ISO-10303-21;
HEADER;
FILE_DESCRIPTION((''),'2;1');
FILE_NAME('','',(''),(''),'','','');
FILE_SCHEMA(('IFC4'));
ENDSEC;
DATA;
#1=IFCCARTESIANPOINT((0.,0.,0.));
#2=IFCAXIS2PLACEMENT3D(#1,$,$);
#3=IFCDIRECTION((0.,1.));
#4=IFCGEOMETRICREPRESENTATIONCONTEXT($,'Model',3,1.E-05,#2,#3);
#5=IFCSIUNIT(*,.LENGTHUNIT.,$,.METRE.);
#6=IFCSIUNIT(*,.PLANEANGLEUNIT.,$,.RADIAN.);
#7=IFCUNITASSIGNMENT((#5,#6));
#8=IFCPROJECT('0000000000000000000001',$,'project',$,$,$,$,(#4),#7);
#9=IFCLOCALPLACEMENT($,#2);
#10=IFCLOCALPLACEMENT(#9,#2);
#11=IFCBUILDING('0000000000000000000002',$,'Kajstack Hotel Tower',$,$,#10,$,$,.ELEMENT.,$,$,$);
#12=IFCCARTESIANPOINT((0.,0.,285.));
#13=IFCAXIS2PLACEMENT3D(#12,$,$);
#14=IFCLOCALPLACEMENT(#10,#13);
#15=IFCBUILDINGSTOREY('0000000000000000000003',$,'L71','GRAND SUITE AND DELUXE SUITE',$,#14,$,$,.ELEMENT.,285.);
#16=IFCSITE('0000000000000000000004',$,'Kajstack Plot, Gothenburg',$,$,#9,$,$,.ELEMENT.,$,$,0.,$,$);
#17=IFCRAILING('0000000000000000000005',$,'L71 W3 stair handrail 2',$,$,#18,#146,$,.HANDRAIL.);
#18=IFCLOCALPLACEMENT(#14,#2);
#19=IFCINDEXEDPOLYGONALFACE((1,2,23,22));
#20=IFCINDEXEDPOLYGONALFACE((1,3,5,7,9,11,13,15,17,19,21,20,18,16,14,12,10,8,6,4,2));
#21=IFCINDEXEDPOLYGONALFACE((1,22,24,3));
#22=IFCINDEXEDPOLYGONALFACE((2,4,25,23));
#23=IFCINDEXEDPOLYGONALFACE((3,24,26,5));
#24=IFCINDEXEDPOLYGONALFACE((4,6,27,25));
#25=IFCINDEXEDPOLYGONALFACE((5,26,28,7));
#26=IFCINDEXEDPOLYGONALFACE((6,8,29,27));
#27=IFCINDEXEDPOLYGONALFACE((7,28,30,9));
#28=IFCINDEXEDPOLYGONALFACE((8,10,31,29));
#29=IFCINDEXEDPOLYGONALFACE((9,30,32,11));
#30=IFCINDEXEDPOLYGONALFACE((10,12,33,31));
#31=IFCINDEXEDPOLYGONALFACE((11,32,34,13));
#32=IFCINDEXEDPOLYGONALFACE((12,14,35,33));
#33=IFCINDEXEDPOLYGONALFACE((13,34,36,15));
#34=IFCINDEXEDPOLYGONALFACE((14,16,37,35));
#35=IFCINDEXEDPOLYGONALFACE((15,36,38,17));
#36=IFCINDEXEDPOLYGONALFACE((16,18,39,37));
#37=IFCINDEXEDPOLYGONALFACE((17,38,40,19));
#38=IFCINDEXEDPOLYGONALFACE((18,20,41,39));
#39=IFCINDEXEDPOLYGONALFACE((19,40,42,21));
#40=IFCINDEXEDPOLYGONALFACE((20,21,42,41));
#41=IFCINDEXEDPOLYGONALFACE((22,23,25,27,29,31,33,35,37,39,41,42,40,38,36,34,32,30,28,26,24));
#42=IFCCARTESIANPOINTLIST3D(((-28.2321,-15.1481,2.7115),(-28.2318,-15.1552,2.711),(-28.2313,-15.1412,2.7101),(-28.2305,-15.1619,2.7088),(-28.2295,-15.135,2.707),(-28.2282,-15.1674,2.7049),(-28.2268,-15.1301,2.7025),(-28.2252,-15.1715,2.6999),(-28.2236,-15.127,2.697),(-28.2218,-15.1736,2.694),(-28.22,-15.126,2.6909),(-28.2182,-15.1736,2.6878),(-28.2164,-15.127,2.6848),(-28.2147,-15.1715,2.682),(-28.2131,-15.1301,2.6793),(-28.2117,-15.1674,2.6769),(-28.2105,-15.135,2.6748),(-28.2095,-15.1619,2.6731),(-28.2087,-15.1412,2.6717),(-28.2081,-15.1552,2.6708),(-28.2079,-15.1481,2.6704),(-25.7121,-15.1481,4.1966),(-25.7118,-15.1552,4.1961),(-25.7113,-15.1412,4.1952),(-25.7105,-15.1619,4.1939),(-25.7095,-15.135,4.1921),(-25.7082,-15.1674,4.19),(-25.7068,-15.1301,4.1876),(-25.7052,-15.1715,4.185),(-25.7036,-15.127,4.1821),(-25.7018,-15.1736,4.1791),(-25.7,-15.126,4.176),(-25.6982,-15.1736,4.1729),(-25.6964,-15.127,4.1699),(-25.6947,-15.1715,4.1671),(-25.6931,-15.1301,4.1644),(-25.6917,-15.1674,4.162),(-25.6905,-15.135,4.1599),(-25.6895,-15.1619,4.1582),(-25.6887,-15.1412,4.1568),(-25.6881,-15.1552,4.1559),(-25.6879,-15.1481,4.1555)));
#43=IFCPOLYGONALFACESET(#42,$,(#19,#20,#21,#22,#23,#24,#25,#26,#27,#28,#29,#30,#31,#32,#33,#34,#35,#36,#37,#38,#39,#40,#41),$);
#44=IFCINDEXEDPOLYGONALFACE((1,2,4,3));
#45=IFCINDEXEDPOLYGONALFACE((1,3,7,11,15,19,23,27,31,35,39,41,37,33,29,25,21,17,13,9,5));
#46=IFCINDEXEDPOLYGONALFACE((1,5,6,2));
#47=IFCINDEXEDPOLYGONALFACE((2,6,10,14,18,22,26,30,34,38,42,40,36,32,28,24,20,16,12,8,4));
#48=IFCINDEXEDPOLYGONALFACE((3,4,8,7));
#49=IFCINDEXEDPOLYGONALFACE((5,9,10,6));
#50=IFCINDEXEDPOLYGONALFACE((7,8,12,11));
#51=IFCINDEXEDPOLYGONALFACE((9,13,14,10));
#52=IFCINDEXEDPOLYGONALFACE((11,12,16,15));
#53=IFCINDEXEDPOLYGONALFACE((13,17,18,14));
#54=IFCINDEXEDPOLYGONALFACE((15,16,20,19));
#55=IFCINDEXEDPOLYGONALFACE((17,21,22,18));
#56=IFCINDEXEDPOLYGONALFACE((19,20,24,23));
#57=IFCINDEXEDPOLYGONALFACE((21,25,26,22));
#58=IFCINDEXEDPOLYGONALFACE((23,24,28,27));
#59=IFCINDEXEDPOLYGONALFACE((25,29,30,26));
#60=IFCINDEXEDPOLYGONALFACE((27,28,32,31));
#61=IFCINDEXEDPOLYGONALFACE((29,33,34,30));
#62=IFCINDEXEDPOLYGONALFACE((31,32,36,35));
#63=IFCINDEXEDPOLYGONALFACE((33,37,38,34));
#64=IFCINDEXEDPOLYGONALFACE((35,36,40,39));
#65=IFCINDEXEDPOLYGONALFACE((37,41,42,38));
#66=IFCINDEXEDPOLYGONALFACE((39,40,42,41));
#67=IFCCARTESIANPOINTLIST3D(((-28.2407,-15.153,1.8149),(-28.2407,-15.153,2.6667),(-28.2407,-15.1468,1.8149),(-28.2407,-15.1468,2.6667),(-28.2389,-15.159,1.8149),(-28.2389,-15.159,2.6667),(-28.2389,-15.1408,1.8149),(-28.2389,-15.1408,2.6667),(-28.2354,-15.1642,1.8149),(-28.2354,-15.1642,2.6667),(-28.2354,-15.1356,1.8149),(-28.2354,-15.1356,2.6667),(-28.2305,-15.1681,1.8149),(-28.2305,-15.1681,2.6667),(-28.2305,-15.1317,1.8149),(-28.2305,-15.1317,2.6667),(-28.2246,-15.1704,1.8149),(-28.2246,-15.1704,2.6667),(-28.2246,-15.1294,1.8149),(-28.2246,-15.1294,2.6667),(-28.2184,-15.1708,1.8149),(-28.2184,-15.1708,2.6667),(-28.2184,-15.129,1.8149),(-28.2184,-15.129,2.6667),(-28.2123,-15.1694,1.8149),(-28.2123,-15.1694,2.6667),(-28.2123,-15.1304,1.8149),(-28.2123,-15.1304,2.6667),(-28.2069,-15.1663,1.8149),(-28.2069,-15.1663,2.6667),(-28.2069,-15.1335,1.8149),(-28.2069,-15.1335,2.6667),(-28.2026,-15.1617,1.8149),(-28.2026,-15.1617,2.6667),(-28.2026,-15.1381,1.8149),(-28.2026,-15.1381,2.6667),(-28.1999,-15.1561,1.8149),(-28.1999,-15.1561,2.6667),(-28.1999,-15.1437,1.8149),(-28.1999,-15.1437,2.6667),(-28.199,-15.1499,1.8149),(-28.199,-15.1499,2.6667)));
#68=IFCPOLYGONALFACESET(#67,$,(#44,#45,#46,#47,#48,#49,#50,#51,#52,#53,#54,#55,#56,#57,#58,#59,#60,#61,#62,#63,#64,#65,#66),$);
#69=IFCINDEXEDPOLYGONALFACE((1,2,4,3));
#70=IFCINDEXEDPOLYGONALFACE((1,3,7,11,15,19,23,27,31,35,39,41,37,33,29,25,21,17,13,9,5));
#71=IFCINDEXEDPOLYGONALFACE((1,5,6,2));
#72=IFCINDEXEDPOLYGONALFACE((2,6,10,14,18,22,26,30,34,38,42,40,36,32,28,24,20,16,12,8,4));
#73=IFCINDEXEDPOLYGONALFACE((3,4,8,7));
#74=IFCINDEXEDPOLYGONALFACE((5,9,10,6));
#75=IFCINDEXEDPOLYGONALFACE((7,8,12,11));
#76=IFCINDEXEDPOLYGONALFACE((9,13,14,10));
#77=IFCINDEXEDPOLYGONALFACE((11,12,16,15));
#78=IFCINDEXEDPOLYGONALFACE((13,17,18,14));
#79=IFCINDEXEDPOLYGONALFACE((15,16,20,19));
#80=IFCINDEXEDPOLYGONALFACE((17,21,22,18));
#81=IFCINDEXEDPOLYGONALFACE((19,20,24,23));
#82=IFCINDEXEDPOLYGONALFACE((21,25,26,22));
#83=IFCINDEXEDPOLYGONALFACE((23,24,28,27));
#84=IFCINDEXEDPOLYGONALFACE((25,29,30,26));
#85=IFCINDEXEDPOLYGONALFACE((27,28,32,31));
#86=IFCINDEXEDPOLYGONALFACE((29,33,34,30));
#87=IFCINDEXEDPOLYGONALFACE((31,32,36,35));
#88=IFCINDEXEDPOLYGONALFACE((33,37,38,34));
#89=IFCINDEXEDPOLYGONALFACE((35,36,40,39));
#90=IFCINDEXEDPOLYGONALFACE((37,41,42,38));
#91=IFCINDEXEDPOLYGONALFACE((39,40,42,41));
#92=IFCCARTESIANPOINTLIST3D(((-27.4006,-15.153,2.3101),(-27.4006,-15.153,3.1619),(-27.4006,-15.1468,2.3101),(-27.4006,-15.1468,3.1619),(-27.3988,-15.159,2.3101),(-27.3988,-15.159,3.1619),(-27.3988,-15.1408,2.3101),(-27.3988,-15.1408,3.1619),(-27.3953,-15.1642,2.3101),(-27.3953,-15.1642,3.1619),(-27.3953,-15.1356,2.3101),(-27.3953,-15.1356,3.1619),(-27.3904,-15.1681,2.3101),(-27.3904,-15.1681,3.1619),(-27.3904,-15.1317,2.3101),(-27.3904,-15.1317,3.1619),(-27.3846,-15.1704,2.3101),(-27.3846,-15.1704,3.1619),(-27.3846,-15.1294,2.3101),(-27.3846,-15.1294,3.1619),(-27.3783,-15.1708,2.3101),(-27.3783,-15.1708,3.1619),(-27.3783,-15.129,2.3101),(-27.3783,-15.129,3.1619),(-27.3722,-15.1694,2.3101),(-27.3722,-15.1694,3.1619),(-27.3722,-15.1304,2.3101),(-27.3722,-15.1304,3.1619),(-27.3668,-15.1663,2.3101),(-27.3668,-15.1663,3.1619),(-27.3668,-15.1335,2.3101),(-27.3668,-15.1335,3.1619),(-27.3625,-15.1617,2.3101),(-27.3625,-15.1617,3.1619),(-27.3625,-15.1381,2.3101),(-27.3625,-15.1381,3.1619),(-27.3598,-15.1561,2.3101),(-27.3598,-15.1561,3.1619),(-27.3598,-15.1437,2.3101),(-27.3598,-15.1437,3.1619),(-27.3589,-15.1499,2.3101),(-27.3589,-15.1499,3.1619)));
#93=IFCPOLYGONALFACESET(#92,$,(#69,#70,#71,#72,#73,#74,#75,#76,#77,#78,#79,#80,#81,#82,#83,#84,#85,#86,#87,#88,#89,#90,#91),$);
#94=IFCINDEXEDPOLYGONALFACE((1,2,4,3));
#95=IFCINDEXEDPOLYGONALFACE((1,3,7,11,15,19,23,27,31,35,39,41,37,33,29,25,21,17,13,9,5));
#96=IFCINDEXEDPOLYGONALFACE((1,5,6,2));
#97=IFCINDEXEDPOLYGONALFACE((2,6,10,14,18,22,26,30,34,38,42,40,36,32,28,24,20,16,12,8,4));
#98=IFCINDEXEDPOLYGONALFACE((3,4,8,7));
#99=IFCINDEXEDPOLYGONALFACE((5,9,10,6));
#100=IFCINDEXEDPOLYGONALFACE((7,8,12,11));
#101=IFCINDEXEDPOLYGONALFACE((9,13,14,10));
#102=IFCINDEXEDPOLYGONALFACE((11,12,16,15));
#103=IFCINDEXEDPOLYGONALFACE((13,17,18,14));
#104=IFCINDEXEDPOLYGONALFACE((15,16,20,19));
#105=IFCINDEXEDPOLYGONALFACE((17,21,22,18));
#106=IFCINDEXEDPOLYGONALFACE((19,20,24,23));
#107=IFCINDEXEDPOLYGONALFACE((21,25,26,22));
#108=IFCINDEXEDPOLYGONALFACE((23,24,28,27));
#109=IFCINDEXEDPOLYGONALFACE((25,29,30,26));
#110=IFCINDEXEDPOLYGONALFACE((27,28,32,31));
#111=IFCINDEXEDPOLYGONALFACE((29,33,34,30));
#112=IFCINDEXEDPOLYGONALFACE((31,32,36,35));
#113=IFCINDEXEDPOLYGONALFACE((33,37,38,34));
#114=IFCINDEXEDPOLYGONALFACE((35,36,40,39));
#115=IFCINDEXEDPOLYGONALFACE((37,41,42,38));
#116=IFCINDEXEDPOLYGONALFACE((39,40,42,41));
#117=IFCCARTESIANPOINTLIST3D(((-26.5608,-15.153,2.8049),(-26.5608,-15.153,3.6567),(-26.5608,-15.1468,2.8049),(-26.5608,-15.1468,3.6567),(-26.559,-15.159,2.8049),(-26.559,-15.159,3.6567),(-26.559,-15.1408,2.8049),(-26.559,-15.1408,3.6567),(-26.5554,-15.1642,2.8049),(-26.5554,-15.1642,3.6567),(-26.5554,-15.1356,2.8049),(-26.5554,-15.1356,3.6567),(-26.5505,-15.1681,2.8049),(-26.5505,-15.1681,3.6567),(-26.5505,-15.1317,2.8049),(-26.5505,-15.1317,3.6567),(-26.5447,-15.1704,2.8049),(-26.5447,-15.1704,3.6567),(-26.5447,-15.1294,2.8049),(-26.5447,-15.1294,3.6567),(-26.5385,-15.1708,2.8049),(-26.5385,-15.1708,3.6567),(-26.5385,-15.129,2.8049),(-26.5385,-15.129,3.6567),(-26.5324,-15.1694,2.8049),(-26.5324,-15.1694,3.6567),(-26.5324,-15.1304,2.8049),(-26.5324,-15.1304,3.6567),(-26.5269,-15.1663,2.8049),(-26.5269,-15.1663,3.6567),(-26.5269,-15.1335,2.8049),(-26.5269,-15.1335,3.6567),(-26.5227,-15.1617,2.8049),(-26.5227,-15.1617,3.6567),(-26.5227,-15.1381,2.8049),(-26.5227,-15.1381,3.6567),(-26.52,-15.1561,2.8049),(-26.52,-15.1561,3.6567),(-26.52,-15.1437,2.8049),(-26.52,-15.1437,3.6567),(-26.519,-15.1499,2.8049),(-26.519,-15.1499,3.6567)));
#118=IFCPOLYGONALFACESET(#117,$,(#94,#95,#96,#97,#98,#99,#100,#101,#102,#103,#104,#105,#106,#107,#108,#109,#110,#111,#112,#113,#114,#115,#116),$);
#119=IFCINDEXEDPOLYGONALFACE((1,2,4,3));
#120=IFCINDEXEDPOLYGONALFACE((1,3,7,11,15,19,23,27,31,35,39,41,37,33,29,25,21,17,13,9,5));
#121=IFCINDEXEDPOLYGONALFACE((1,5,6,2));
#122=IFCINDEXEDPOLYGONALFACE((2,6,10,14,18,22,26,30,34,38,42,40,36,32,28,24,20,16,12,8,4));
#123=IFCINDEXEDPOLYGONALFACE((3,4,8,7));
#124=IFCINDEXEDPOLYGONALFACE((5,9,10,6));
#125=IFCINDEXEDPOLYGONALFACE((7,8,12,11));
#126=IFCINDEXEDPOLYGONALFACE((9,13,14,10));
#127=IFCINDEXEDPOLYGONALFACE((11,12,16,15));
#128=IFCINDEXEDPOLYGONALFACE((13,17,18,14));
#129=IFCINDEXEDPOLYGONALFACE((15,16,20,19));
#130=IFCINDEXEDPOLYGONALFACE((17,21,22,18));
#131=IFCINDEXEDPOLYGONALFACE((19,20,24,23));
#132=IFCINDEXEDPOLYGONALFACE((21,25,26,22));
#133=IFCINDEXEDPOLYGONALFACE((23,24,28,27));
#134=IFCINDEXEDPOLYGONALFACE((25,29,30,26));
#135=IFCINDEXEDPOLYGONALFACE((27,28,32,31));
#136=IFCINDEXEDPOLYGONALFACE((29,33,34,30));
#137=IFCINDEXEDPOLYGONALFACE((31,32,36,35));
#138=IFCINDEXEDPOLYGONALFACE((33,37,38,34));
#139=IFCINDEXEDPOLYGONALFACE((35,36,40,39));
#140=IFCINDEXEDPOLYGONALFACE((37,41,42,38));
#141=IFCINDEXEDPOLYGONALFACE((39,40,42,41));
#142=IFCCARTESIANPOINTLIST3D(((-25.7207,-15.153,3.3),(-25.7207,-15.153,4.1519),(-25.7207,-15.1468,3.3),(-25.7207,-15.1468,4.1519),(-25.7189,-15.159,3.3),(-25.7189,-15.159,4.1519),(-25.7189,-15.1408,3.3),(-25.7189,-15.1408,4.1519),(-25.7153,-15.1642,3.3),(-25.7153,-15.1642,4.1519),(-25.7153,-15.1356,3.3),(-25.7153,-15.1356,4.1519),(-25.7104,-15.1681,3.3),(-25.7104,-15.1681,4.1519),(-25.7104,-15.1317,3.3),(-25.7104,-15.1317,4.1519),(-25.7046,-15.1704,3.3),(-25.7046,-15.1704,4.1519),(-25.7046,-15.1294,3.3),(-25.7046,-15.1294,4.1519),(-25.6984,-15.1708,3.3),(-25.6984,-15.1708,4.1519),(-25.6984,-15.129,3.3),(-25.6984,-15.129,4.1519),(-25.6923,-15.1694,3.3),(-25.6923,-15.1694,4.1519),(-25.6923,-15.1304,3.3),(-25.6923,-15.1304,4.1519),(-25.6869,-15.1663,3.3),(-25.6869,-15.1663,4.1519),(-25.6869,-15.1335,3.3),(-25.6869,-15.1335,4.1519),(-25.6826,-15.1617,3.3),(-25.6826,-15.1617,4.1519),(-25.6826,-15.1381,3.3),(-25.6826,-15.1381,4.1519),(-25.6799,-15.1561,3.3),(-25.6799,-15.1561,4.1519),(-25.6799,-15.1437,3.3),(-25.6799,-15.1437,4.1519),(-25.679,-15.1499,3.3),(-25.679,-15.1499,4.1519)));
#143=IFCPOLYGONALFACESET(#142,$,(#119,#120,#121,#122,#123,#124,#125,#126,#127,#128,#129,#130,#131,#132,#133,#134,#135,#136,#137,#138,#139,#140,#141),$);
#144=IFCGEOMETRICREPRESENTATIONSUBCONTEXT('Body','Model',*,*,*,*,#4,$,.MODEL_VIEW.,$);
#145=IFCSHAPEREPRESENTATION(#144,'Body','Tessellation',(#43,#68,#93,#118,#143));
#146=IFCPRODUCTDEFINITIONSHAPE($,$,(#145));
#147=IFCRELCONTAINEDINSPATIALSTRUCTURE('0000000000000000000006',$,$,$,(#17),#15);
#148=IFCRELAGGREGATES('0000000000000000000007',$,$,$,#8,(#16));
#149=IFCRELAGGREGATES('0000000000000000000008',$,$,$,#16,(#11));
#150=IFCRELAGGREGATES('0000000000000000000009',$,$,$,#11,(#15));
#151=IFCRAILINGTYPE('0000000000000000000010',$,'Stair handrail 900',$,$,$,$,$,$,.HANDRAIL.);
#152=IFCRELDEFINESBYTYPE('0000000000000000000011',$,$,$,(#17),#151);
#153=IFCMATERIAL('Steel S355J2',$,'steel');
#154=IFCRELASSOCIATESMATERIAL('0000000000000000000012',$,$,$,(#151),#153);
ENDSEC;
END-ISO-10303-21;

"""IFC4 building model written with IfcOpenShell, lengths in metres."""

from ifc_helpers import new_model, si_unit, direction, frame, origin, origin_2d, place, context, subcontext, project, spatial, circle, extrude, material, type_object, element, save


model = new_model("IFC4")

# Units and contexts
model_context = context("Model", 3, precision=1e-05, world=origin(), true_north=direction((0.0, 1.0)))
body_context = subcontext(model_context, "Body", "Model", "MODEL_VIEW")
ifc_project = project(units=[si_unit("LENGTHUNIT", "METRE"), si_unit("PLANEANGLEUNIT", "RADIAN")], contexts=[model_context])

# Site, building, storey
site_placement = place(None, origin())
site = spatial("IfcSite", under=ifc_project, at=site_placement, Name="Kajstack Plot, Gothenburg", CompositionType="ELEMENT", RefElevation=0.0)
building_placement = place(site_placement, origin())
building = spatial("IfcBuilding", under=site, at=building_placement, Name="Kajstack Hotel Tower", CompositionType="ELEMENT")
storey_placement = place(building_placement, frame((0.0, 0.0, 285.0)))
storey = spatial("IfcBuildingStorey", under=building, at=storey_placement, Name="L71", Description="GRAND SUITE AND DELUXE SUITE", CompositionType="ELEMENT", Elevation=285.0)

# Railing
ifc_material_1 = material(Name="Steel S355J2", Category="steel")
railing_type_1 = type_object("IfcRailingType", Name="Stair handrail 900", PredefinedType="HANDRAIL", material=ifc_material_1)
railing_1_placement = place(storey_placement, frame((-28.22, -15.1499, 1.8149)))
element("IfcRailing", 1, at=railing_1_placement, inside=storey, type_object=railing_type_1, Name="L71 W3 stair handrail 2", PredefinedType="HANDRAIL", context=body_context, shape_type="SweptSolid", body=[
    extrude(circle(Radius=0.0239, at=origin_2d()), frame((0.0, 0.0, 0.876), z_axis=(0.861524, 0.0, 0.507717), x_axis=(0.0, 1.0, 0.0)), (0.0, 0.0, 1.0), 2.925),
    extrude(circle(Radius=0.021, at=origin_2d()), origin(), (0.0, 0.0, 1.0), 0.8518),
    extrude(circle(Radius=0.021, at=origin_2d()), frame((0.8401, 0.0, 0.4951)), (0.0, 0.0, 1.0), 0.8518),
    extrude(circle(Radius=0.021, at=origin_2d()), frame((1.6799, 0.0, 0.99)), (0.0, 0.0, 1.0), 0.8518),
    extrude(circle(Radius=0.021, at=origin_2d()), frame((2.52, 0.0, 1.4851)), (0.0, 0.0, 1.0), 0.8518),
])

save(model, "model.ifc")
